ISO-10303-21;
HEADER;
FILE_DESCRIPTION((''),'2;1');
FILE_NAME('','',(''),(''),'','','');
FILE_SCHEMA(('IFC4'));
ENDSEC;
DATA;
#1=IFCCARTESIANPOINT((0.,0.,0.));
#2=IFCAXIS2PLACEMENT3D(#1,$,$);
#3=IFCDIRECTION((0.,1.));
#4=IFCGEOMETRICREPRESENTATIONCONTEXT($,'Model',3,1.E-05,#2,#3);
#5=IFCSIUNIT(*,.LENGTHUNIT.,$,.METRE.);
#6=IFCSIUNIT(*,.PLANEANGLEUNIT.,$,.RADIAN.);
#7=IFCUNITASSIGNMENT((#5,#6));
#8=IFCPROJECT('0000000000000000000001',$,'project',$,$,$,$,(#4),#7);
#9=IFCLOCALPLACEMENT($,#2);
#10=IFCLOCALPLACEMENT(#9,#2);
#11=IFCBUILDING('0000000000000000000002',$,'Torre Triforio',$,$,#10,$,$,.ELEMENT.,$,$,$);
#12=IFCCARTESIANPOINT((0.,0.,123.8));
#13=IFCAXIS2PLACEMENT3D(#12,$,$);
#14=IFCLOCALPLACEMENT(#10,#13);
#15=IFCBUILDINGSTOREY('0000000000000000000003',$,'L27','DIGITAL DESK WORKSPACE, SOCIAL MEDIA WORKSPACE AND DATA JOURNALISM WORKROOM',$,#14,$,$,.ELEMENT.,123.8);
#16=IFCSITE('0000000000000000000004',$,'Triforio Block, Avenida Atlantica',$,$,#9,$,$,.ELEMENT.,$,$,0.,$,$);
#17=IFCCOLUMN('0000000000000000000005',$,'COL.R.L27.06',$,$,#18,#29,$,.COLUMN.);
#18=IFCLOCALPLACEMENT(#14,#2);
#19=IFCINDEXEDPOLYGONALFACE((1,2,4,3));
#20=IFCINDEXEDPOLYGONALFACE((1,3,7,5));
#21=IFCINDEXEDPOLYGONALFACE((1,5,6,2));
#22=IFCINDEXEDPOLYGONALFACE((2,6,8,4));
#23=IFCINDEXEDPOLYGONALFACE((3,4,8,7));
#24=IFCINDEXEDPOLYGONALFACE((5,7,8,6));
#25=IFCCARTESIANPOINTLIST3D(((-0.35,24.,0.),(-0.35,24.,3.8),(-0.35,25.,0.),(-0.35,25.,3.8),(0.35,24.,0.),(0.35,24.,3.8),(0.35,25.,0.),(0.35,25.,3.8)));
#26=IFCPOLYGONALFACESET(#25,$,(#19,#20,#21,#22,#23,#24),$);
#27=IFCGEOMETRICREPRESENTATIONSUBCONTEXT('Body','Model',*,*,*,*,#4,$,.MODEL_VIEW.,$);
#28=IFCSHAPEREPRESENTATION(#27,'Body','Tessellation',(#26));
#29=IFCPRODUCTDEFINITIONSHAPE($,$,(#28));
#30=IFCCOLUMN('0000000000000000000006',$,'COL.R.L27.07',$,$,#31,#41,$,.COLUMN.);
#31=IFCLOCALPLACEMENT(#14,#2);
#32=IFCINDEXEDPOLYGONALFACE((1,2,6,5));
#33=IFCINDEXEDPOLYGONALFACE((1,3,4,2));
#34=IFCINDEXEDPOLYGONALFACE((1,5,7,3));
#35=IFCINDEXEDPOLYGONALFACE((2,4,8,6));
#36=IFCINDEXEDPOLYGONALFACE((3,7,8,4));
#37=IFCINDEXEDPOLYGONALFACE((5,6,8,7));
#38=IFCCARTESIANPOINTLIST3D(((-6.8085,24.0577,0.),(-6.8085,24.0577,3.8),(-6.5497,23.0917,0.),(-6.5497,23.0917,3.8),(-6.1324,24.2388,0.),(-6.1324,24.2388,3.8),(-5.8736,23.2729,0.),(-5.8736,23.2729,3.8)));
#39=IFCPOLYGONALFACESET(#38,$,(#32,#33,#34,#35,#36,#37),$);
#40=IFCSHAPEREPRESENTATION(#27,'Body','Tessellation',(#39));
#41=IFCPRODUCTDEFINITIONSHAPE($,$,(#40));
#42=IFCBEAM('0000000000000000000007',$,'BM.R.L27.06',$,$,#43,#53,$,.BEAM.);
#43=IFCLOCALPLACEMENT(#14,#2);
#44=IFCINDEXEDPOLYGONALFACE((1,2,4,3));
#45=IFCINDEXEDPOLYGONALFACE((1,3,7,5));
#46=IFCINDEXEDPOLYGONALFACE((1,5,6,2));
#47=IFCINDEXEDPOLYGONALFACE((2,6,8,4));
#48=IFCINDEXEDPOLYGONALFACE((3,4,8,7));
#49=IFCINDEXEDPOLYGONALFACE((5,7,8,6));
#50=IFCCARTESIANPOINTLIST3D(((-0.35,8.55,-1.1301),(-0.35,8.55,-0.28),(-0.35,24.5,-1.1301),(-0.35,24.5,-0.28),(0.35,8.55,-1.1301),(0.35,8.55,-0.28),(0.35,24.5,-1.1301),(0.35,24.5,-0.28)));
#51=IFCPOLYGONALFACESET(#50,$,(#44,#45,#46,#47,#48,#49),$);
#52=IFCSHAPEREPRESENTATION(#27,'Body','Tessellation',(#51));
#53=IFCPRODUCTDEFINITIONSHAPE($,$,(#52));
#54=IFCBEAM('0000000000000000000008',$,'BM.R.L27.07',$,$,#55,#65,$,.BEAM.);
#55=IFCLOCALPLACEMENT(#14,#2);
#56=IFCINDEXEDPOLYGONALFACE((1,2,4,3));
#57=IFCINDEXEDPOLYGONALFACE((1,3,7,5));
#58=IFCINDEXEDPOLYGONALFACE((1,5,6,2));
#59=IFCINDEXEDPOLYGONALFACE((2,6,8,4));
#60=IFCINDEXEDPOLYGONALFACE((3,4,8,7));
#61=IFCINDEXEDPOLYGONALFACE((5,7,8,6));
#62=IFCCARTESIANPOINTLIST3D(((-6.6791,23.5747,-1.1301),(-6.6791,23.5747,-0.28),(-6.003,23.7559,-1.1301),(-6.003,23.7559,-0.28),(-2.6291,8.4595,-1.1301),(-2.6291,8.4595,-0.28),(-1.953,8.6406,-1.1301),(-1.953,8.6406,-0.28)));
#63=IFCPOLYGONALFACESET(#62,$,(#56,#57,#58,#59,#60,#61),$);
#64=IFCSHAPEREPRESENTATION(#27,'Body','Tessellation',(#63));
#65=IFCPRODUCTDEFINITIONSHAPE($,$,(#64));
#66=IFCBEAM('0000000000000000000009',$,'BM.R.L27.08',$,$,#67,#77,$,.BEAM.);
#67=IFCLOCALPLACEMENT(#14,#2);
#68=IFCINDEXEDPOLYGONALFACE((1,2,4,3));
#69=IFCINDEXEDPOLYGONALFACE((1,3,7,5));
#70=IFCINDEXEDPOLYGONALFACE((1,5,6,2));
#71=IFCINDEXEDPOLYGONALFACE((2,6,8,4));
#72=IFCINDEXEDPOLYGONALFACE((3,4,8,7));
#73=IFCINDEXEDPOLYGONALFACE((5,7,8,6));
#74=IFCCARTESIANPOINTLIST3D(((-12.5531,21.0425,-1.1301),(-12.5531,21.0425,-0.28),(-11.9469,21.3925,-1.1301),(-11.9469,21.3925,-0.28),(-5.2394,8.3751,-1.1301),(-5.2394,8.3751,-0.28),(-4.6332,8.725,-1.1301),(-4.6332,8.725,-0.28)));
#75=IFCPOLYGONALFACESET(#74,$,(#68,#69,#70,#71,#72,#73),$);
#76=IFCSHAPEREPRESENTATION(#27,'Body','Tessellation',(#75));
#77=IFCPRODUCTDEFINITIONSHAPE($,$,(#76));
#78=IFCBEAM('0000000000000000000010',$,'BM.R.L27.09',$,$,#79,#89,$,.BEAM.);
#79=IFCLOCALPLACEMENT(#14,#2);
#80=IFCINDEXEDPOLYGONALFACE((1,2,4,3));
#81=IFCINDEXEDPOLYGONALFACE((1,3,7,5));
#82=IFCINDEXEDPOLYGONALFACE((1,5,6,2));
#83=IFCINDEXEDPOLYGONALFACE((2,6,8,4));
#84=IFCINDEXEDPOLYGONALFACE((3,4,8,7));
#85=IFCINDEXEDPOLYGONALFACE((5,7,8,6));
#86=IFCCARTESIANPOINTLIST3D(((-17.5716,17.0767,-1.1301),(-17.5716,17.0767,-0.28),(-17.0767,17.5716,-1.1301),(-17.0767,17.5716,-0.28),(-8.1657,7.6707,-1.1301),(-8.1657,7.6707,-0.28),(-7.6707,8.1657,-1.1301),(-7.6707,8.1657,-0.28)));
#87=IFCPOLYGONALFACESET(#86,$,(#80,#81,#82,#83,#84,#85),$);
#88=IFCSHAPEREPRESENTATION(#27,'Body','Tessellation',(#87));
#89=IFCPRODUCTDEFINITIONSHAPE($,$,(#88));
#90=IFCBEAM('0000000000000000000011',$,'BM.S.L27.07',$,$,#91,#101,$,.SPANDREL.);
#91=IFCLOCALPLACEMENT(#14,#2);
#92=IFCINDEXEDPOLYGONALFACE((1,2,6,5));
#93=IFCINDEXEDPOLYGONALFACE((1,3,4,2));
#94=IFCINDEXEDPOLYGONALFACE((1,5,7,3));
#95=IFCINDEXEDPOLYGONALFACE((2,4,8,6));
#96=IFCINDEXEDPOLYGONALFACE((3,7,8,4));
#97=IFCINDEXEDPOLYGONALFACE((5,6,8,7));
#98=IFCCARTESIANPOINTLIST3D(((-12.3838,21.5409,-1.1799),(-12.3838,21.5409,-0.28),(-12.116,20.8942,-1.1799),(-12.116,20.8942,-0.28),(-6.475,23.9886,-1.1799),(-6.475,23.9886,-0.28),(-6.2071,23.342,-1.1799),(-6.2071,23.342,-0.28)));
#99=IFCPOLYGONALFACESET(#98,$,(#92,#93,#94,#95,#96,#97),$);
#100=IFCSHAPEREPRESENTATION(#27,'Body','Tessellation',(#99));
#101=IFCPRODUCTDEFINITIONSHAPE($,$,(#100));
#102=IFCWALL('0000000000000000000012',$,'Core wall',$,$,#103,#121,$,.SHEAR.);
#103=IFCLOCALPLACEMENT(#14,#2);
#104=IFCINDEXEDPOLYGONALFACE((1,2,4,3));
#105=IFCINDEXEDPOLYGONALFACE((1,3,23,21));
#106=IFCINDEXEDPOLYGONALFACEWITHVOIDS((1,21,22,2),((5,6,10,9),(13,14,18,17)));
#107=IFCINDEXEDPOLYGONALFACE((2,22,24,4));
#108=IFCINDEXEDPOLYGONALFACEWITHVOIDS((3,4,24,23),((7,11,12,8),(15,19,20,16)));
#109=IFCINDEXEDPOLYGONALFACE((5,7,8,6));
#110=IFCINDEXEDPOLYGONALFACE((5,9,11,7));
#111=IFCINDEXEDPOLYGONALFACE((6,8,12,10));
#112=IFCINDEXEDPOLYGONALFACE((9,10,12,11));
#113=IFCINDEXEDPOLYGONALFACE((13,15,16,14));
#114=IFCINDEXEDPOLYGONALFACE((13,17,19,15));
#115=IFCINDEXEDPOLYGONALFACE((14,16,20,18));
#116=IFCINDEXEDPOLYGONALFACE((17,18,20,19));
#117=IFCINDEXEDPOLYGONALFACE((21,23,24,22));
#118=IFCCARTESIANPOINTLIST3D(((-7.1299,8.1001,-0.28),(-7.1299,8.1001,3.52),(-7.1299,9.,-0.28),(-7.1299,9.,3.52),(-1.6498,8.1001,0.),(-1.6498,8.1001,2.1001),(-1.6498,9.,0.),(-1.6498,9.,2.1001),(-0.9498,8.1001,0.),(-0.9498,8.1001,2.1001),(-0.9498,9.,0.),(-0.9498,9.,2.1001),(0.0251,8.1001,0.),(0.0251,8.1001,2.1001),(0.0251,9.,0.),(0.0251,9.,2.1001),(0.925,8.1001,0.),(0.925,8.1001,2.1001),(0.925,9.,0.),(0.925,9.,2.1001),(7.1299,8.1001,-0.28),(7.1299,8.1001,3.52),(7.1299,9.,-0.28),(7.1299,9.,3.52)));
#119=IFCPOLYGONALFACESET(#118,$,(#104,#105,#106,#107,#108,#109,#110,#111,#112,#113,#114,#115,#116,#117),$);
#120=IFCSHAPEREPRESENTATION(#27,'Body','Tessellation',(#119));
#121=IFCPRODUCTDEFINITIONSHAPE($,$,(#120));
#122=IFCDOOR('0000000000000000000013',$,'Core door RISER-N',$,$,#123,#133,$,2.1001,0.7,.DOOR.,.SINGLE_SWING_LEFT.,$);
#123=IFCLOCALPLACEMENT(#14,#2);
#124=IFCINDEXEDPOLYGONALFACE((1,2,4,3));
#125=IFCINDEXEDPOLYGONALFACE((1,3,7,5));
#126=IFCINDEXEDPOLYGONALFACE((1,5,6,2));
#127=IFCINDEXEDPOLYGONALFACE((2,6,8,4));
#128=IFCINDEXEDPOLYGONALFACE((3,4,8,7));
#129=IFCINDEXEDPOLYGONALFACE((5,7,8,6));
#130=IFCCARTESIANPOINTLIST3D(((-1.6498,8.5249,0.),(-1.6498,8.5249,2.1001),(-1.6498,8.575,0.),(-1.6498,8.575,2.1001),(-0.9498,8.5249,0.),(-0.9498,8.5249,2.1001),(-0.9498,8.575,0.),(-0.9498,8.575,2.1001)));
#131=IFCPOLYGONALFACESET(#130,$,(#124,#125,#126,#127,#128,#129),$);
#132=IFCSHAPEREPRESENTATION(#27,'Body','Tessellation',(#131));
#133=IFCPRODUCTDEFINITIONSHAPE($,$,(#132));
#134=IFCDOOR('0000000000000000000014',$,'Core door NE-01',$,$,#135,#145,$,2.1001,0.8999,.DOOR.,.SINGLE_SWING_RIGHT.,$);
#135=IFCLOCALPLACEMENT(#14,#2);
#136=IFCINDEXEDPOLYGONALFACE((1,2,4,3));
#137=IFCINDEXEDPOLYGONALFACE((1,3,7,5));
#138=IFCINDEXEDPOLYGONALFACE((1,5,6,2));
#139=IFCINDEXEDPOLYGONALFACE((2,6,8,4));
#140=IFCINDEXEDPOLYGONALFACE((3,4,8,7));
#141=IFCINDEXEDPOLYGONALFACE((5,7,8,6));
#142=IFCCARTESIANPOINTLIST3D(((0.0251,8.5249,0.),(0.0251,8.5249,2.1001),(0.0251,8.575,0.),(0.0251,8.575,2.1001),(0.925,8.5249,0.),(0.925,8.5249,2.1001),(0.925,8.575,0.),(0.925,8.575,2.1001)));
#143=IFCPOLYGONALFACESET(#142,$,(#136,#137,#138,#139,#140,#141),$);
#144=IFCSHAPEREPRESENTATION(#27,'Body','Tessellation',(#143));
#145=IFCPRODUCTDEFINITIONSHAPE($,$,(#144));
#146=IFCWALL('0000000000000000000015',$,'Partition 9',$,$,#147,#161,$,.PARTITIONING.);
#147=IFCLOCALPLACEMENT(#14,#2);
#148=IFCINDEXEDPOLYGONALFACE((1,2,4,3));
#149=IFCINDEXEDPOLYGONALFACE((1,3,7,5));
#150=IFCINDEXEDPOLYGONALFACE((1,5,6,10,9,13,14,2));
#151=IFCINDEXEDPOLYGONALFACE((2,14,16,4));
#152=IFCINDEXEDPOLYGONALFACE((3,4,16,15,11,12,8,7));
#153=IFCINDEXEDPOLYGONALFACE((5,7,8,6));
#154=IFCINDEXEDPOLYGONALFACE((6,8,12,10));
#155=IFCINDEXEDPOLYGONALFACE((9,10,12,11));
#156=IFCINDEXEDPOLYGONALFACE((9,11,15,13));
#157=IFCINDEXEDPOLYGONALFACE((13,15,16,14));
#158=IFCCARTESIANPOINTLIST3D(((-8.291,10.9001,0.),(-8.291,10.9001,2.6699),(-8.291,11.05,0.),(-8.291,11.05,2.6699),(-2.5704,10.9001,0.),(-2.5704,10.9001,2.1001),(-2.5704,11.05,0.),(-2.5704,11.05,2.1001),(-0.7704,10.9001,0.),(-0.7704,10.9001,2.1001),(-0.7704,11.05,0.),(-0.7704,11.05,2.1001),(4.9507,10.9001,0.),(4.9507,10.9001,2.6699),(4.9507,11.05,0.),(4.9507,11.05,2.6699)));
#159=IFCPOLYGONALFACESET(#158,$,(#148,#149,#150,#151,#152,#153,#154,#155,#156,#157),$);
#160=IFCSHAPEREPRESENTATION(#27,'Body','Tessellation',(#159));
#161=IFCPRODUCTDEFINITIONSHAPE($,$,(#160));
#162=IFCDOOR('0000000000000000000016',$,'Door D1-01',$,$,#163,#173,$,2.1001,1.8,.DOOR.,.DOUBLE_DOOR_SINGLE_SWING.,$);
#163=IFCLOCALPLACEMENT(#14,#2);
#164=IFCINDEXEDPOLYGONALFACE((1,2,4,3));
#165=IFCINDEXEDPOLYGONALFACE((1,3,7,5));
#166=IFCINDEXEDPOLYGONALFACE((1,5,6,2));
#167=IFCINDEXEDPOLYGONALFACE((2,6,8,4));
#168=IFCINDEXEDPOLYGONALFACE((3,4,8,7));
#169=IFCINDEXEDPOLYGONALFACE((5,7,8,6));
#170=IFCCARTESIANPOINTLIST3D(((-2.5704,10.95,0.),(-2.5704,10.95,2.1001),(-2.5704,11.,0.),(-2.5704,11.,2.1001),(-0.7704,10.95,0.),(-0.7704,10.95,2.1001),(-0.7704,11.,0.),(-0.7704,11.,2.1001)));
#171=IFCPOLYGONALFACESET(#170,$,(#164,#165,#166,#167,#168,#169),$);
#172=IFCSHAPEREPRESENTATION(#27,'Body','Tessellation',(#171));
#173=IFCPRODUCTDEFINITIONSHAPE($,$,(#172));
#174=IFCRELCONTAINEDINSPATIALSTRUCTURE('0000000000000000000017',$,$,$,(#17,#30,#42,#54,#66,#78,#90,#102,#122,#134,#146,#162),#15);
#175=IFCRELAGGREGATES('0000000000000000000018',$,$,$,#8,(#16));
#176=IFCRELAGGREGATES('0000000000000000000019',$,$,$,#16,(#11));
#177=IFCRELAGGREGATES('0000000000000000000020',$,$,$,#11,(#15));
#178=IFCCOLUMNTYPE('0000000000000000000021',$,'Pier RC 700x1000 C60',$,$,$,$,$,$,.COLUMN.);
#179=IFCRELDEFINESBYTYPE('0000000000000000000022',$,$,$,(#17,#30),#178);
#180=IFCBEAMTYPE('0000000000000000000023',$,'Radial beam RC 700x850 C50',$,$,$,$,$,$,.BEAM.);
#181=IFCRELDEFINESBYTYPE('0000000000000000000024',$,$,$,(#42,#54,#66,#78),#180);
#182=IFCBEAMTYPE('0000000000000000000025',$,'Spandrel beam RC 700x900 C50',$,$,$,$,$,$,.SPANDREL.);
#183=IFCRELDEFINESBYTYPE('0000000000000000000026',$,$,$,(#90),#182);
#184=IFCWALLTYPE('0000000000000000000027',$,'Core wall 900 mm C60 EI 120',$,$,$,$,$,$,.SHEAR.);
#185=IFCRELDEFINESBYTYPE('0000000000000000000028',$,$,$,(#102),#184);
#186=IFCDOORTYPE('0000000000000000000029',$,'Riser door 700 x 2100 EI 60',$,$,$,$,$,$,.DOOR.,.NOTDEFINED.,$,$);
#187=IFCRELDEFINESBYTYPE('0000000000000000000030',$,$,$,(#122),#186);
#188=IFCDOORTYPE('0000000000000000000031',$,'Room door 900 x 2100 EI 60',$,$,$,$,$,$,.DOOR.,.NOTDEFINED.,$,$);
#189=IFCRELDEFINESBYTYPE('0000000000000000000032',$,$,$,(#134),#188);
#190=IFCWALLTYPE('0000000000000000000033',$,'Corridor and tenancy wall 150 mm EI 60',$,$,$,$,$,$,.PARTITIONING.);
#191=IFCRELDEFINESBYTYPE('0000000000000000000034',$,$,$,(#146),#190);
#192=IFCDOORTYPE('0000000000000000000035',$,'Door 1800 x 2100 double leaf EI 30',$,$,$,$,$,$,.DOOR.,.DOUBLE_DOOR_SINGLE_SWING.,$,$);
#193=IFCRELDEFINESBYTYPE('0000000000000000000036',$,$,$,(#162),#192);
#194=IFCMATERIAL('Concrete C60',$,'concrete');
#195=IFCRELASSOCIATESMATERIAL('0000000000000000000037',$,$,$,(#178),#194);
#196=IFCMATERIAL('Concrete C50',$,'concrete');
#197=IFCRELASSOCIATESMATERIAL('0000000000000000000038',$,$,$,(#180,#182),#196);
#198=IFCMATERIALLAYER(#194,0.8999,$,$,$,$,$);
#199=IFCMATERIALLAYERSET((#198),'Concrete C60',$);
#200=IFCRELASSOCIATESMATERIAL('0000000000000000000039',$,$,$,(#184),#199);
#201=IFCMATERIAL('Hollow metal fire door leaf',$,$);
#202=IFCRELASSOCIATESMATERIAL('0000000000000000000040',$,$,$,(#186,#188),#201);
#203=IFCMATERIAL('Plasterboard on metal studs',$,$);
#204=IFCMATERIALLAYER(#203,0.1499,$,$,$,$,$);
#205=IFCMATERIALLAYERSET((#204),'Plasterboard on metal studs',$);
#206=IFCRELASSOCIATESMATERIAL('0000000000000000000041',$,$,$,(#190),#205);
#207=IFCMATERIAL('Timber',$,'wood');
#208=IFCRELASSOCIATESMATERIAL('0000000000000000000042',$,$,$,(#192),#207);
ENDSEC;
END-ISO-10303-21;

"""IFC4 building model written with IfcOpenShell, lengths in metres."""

from ifc_helpers import new_model, si_unit, direction, frame, frame_2d, origin, origin_2d, place, context, subcontext, project, spatial, rectangle, extrude, material, layer, layer_set, material_profile, profile_set, type_object, element, fill, save


model = new_model("IFC4")

# Units and contexts
model_context = context("Model", 3, precision=1e-05, world=origin(), true_north=direction((0.0, 1.0)))
body_context = subcontext(model_context, "Body", "Model", "MODEL_VIEW")
ifc_project = project(units=[si_unit("LENGTHUNIT", "METRE"), si_unit("PLANEANGLEUNIT", "RADIAN")], contexts=[model_context])

# Site, building, storey
site_placement = place(None, origin())
site = spatial("IfcSite", under=ifc_project, at=site_placement, Name="Triforio Block, Avenida Atlantica", CompositionType="ELEMENT", RefElevation=0.0)
building_placement = place(site_placement, origin())
building = spatial("IfcBuilding", under=site, at=building_placement, Name="Torre Triforio", CompositionType="ELEMENT")
storey_placement = place(building_placement, frame((0.0, 0.0, 123.8)))
storey = spatial("IfcBuildingStorey", under=building, at=storey_placement, Name="L27", Description="DIGITAL DESK WORKSPACE, SOCIAL MEDIA WORKSPACE AND DATA JOURNALISM WORKROOM", CompositionType="ELEMENT", Elevation=123.8)

# Columns
ifc_material_1 = material(Name="Concrete C60", Category="concrete")
ifc_material_profile_1 = material_profile(ifc_material_1, rectangle(XDim=0.7, YDim=1.0, at=origin_2d()), Name="RC 700x1000")
ifc_profile_set_1 = profile_set([ifc_material_profile_1], Name="Concrete C60")
column_type = type_object("IfcColumnType", Name="Pier RC 700x1000 C60", PredefinedType="COLUMN", material=ifc_profile_set_1)
for number, where, z_axis, x_axis, name in (
    (1, (0.0, 24.5, 0.0), (0.0, 0.0, 1.0), (-1.0, 0.0, 0.0), "COL.R.L27.06"),
    (2, (-6.3411, 23.6653, 0.0), (0.0, 0.0, 1.0), (-0.965926, -0.258819, 0.0), "COL.R.L27.07"),
):
    element("IfcColumn", number, at=place(storey_placement, frame(where, z_axis=z_axis, x_axis=x_axis)), inside=storey, type_object=column_type, Name=name, PredefinedType="COLUMN", context=body_context, shape_type="SweptSolid", body=[
        extrude(rectangle(XDim=0.7, YDim=1.0, at=origin_2d()), origin(), (0.0, 0.0, 1.0), 3.8),
    ])

# Beams
ifc_material_2 = material(Name="Concrete C50", Category="concrete")
ifc_material_profile_2 = material_profile(ifc_material_2, rectangle(XDim=0.7, YDim=0.8501, at=origin_2d()), Name="RC 700x850")
ifc_profile_set_2 = profile_set([ifc_material_profile_2], Name="Concrete C50")
beam_type_1 = type_object("IfcBeamType", Name="Radial beam RC 700x850 C50", PredefinedType="BEAM", material=ifc_profile_set_2)
beam_1_placement = place(storey_placement, frame((0.0, 8.55, -0.7051), z_axis=(0.0, 1.0, 0.0), x_axis=(-1.0, 0.0, 0.0)))
element("IfcBeam", 3, at=beam_1_placement, inside=storey, type_object=beam_type_1, Name="BM.R.L27.06", PredefinedType="BEAM", context=body_context, shape_type="SweptSolid", body=[
    extrude(rectangle(XDim=0.7, YDim=0.8501, at=origin_2d()), origin(), (0.0, 0.0, 1.0), 15.95),
])
beam_2_placement = place(storey_placement, frame((-2.291, 8.55, -0.7051), z_axis=(-0.258815, 0.965927, 0.0), x_axis=(-0.965927, -0.258815, 0.0)))
element("IfcBeam", 4, at=beam_2_placement, inside=storey, type_object=beam_type_1, Name="BM.R.L27.07", PredefinedType="BEAM", context=body_context, shape_type="SweptSolid", body=[
    extrude(rectangle(XDim=0.7, YDim=0.8501, at=origin_2d()), origin(), (0.0, 0.0, 1.0), 15.6484),
])
beam_3_placement = place(storey_placement, frame((-4.9363, 8.55, -0.7051), z_axis=(-0.500008, 0.866021, 0.0), x_axis=(-0.866021, -0.500008, 0.0)))
element("IfcBeam", 5, at=beam_3_placement, inside=storey, type_object=beam_type_1, Name="BM.R.L27.08", PredefinedType="BEAM", context=body_context, shape_type="SweptSolid", body=[
    extrude(rectangle(XDim=0.7, YDim=0.8501, at=origin_2d()), origin(), (0.0, 0.0, 1.0), 14.6272),
])
beam_4_placement = place(storey_placement, frame((-7.9182, 7.9182, -0.7051), z_axis=(-0.707107, 0.707107, 0.0), x_axis=(-0.707107, -0.707107, 0.0)))
element("IfcBeam", 6, at=beam_4_placement, inside=storey, type_object=beam_type_1, Name="BM.R.L27.09", PredefinedType="BEAM", context=body_context, shape_type="SweptSolid", body=[
    extrude(rectangle(XDim=0.7, YDim=0.8501, at=origin_2d()), origin(), (0.0, 0.0, 1.0), 13.302),
])
ifc_material_profile_3 = material_profile(ifc_material_2, rectangle(XDim=0.7, YDim=0.8999, at=origin_2d()), Name="RC 700x900")
ifc_profile_set_3 = profile_set([ifc_material_profile_3], Name="Concrete C50")
beam_type_2 = type_object("IfcBeamType", Name="Spandrel beam RC 700x900 C50", PredefinedType="SPANDREL", material=ifc_profile_set_3)
beam_5_placement = place(storey_placement, frame((-6.3411, 23.6653, -0.73), z_axis=(-0.923869, -0.382709, 0.0), x_axis=(0.382709, -0.923869, 0.0)))
element("IfcBeam", 7, at=beam_5_placement, inside=storey, type_object=beam_type_2, Name="BM.S.L27.07", PredefinedType="SPANDREL", context=body_context, shape_type="SweptSolid", body=[
    extrude(rectangle(XDim=0.7, YDim=0.8999, at=origin_2d()), origin(), (0.0, 0.0, 1.0), 6.3958),
])

# Wall, openings, doors
ifc_layer_1 = layer(ifc_material_1, 0.8999)
ifc_layer_set_1 = layer_set([ifc_layer_1], Name="Concrete C60")
wall_type_1 = type_object("IfcWallType", Name="Core wall 900 mm C60 EI 120", PredefinedType="SHEAR", material=ifc_layer_set_1)
wall_1_placement = place(storey_placement, frame((-7.1299, 8.55, -0.28), z_axis=(0.0, 0.0, 1.0), x_axis=(1.0, 0.0, 0.0)))
wall_1 = element("IfcWall", 8, at=wall_1_placement, inside=storey, type_object=wall_type_1, Name="Core wall", PredefinedType="SHEAR", context=body_context, shape_type="SweptSolid", body=[
    extrude(rectangle(XDim=14.2598, YDim=0.8999, at=frame_2d((7.1299, 0.0))), origin(), (0.0, 0.0, 1.0), 3.8),
])
opening_1_placement = place(wall_1_placement, frame((5.48, 0.0, 0.28)))
opening_1 = element("IfcOpeningElement", 9, at=opening_1_placement, cuts=wall_1, PredefinedType="OPENING", context=body_context, shape_type="SweptSolid", body=[
    extrude(rectangle(XDim=0.7, YDim=2.1001, at=frame_2d((0.3501, 1.05))), frame((0.0, 0.46, 0.0), z_axis=(0.0, -1.0, 0.0), x_axis=(1.0, 0.0, 0.0)), (0.0, 0.0, 1.0), 0.9199),
])
opening_2_placement = place(wall_1_placement, frame((7.155, 0.0, 0.28)))
opening_2 = element("IfcOpeningElement", 10, at=opening_2_placement, cuts=wall_1, PredefinedType="OPENING", context=body_context, shape_type="SweptSolid", body=[
    extrude(rectangle(XDim=0.8999, YDim=2.1001, at=frame_2d((0.45, 1.05))), frame((0.0, 0.46, 0.0), z_axis=(0.0, -1.0, 0.0), x_axis=(1.0, 0.0, 0.0)), (0.0, 0.0, 1.0), 0.9199),
])
ifc_material_3 = material(Name="Hollow metal fire door leaf")
door_type_1 = type_object("IfcDoorType", Name="Riser door 700 x 2100 EI 60", OperationType="NOTDEFINED", PredefinedType="DOOR", material=ifc_material_3)
door_1_placement = place(opening_1_placement, origin())
door_1 = element("IfcDoor", 11, at=door_1_placement, inside=storey, type_object=door_type_1, Name="Core door RISER-N", OperationType="SINGLE_SWING_LEFT", OverallHeight=2.1001, OverallWidth=0.7, PredefinedType="DOOR", context=body_context, shape_type="SweptSolid", body=[
    extrude(rectangle(XDim=0.7, YDim=2.1001, at=frame_2d((0.3501, 1.05))), frame((0.0, 0.0249, 0.0), z_axis=(0.0, -1.0, 0.0), x_axis=(1.0, 0.0, 0.0)), (0.0, 0.0, 1.0), 0.05),
])
fill(opening_1, door_1)
door_type_2 = type_object("IfcDoorType", Name="Room door 900 x 2100 EI 60", OperationType="NOTDEFINED", PredefinedType="DOOR", material=ifc_material_3)
door_2_placement = place(opening_2_placement, origin())
door_2 = element("IfcDoor", 12, at=door_2_placement, inside=storey, type_object=door_type_2, Name="Core door NE-01", OperationType="SINGLE_SWING_RIGHT", OverallHeight=2.1001, OverallWidth=0.8999, PredefinedType="DOOR", context=body_context, shape_type="SweptSolid", body=[
    extrude(rectangle(XDim=0.8999, YDim=2.1001, at=frame_2d((0.45, 1.05))), frame((0.0, 0.0249, 0.0), z_axis=(0.0, -1.0, 0.0), x_axis=(1.0, 0.0, 0.0)), (0.0, 0.0, 1.0), 0.05),
])
fill(opening_2, door_2)

# Wall, opening, door
ifc_material_4 = material(Name="Plasterboard on metal studs")
ifc_layer_2 = layer(ifc_material_4, 0.1499)
ifc_layer_set_2 = layer_set([ifc_layer_2], Name="Plasterboard on metal studs")
wall_type_2 = type_object("IfcWallType", Name="Corridor and tenancy wall 150 mm EI 60", PredefinedType="PARTITIONING", material=ifc_layer_set_2)
wall_2_placement = place(storey_placement, frame((-8.291, 10.9751, 0.0), z_axis=(0.0, 0.0, 1.0), x_axis=(1.0, 0.0, 0.0)))
wall_2 = element("IfcWall", 13, at=wall_2_placement, inside=storey, type_object=wall_type_2, Name="Partition 9", PredefinedType="PARTITIONING", context=body_context, shape_type="SweptSolid", body=[
    extrude(rectangle(XDim=13.2417, YDim=0.1499, at=frame_2d((6.6208, 0.0))), origin(), (0.0, 0.0, 1.0), 2.6699),
])
opening_3_placement = place(wall_2_placement, frame((5.7207, 0.0, 0.0)))
opening_3 = element("IfcOpeningElement", 14, at=opening_3_placement, cuts=wall_2, PredefinedType="OPENING", context=body_context, shape_type="SweptSolid", body=[
    extrude(rectangle(XDim=1.8, YDim=2.1001, at=frame_2d((0.8999, 1.05))), frame((0.0, 0.085, 0.0), z_axis=(0.0, -1.0, 0.0), x_axis=(1.0, 0.0, 0.0)), (0.0, 0.0, 1.0), 0.1699),
])
ifc_material_5 = material(Name="Timber", Category="wood")
door_type_3 = type_object("IfcDoorType", Name="Door 1800 x 2100 double leaf EI 30", OperationType="DOUBLE_DOOR_SINGLE_SWING", PredefinedType="DOOR", material=ifc_material_5)
door_3_placement = place(opening_3_placement, origin())
door_3 = element("IfcDoor", 15, at=door_3_placement, inside=storey, type_object=door_type_3, Name="Door D1-01", OperationType="DOUBLE_DOOR_SINGLE_SWING", OverallHeight=2.1001, OverallWidth=1.8, PredefinedType="DOOR", context=body_context, shape_type="SweptSolid", body=[
    extrude(rectangle(XDim=1.8, YDim=2.1001, at=frame_2d((0.8999, 1.05))), frame((0.0, 0.0249, 0.0), z_axis=(0.0, -1.0, 0.0), x_axis=(1.0, 0.0, 0.0)), (0.0, 0.0, 1.0), 0.05),
])
fill(opening_3, door_3)

save(model, "model.ifc")
